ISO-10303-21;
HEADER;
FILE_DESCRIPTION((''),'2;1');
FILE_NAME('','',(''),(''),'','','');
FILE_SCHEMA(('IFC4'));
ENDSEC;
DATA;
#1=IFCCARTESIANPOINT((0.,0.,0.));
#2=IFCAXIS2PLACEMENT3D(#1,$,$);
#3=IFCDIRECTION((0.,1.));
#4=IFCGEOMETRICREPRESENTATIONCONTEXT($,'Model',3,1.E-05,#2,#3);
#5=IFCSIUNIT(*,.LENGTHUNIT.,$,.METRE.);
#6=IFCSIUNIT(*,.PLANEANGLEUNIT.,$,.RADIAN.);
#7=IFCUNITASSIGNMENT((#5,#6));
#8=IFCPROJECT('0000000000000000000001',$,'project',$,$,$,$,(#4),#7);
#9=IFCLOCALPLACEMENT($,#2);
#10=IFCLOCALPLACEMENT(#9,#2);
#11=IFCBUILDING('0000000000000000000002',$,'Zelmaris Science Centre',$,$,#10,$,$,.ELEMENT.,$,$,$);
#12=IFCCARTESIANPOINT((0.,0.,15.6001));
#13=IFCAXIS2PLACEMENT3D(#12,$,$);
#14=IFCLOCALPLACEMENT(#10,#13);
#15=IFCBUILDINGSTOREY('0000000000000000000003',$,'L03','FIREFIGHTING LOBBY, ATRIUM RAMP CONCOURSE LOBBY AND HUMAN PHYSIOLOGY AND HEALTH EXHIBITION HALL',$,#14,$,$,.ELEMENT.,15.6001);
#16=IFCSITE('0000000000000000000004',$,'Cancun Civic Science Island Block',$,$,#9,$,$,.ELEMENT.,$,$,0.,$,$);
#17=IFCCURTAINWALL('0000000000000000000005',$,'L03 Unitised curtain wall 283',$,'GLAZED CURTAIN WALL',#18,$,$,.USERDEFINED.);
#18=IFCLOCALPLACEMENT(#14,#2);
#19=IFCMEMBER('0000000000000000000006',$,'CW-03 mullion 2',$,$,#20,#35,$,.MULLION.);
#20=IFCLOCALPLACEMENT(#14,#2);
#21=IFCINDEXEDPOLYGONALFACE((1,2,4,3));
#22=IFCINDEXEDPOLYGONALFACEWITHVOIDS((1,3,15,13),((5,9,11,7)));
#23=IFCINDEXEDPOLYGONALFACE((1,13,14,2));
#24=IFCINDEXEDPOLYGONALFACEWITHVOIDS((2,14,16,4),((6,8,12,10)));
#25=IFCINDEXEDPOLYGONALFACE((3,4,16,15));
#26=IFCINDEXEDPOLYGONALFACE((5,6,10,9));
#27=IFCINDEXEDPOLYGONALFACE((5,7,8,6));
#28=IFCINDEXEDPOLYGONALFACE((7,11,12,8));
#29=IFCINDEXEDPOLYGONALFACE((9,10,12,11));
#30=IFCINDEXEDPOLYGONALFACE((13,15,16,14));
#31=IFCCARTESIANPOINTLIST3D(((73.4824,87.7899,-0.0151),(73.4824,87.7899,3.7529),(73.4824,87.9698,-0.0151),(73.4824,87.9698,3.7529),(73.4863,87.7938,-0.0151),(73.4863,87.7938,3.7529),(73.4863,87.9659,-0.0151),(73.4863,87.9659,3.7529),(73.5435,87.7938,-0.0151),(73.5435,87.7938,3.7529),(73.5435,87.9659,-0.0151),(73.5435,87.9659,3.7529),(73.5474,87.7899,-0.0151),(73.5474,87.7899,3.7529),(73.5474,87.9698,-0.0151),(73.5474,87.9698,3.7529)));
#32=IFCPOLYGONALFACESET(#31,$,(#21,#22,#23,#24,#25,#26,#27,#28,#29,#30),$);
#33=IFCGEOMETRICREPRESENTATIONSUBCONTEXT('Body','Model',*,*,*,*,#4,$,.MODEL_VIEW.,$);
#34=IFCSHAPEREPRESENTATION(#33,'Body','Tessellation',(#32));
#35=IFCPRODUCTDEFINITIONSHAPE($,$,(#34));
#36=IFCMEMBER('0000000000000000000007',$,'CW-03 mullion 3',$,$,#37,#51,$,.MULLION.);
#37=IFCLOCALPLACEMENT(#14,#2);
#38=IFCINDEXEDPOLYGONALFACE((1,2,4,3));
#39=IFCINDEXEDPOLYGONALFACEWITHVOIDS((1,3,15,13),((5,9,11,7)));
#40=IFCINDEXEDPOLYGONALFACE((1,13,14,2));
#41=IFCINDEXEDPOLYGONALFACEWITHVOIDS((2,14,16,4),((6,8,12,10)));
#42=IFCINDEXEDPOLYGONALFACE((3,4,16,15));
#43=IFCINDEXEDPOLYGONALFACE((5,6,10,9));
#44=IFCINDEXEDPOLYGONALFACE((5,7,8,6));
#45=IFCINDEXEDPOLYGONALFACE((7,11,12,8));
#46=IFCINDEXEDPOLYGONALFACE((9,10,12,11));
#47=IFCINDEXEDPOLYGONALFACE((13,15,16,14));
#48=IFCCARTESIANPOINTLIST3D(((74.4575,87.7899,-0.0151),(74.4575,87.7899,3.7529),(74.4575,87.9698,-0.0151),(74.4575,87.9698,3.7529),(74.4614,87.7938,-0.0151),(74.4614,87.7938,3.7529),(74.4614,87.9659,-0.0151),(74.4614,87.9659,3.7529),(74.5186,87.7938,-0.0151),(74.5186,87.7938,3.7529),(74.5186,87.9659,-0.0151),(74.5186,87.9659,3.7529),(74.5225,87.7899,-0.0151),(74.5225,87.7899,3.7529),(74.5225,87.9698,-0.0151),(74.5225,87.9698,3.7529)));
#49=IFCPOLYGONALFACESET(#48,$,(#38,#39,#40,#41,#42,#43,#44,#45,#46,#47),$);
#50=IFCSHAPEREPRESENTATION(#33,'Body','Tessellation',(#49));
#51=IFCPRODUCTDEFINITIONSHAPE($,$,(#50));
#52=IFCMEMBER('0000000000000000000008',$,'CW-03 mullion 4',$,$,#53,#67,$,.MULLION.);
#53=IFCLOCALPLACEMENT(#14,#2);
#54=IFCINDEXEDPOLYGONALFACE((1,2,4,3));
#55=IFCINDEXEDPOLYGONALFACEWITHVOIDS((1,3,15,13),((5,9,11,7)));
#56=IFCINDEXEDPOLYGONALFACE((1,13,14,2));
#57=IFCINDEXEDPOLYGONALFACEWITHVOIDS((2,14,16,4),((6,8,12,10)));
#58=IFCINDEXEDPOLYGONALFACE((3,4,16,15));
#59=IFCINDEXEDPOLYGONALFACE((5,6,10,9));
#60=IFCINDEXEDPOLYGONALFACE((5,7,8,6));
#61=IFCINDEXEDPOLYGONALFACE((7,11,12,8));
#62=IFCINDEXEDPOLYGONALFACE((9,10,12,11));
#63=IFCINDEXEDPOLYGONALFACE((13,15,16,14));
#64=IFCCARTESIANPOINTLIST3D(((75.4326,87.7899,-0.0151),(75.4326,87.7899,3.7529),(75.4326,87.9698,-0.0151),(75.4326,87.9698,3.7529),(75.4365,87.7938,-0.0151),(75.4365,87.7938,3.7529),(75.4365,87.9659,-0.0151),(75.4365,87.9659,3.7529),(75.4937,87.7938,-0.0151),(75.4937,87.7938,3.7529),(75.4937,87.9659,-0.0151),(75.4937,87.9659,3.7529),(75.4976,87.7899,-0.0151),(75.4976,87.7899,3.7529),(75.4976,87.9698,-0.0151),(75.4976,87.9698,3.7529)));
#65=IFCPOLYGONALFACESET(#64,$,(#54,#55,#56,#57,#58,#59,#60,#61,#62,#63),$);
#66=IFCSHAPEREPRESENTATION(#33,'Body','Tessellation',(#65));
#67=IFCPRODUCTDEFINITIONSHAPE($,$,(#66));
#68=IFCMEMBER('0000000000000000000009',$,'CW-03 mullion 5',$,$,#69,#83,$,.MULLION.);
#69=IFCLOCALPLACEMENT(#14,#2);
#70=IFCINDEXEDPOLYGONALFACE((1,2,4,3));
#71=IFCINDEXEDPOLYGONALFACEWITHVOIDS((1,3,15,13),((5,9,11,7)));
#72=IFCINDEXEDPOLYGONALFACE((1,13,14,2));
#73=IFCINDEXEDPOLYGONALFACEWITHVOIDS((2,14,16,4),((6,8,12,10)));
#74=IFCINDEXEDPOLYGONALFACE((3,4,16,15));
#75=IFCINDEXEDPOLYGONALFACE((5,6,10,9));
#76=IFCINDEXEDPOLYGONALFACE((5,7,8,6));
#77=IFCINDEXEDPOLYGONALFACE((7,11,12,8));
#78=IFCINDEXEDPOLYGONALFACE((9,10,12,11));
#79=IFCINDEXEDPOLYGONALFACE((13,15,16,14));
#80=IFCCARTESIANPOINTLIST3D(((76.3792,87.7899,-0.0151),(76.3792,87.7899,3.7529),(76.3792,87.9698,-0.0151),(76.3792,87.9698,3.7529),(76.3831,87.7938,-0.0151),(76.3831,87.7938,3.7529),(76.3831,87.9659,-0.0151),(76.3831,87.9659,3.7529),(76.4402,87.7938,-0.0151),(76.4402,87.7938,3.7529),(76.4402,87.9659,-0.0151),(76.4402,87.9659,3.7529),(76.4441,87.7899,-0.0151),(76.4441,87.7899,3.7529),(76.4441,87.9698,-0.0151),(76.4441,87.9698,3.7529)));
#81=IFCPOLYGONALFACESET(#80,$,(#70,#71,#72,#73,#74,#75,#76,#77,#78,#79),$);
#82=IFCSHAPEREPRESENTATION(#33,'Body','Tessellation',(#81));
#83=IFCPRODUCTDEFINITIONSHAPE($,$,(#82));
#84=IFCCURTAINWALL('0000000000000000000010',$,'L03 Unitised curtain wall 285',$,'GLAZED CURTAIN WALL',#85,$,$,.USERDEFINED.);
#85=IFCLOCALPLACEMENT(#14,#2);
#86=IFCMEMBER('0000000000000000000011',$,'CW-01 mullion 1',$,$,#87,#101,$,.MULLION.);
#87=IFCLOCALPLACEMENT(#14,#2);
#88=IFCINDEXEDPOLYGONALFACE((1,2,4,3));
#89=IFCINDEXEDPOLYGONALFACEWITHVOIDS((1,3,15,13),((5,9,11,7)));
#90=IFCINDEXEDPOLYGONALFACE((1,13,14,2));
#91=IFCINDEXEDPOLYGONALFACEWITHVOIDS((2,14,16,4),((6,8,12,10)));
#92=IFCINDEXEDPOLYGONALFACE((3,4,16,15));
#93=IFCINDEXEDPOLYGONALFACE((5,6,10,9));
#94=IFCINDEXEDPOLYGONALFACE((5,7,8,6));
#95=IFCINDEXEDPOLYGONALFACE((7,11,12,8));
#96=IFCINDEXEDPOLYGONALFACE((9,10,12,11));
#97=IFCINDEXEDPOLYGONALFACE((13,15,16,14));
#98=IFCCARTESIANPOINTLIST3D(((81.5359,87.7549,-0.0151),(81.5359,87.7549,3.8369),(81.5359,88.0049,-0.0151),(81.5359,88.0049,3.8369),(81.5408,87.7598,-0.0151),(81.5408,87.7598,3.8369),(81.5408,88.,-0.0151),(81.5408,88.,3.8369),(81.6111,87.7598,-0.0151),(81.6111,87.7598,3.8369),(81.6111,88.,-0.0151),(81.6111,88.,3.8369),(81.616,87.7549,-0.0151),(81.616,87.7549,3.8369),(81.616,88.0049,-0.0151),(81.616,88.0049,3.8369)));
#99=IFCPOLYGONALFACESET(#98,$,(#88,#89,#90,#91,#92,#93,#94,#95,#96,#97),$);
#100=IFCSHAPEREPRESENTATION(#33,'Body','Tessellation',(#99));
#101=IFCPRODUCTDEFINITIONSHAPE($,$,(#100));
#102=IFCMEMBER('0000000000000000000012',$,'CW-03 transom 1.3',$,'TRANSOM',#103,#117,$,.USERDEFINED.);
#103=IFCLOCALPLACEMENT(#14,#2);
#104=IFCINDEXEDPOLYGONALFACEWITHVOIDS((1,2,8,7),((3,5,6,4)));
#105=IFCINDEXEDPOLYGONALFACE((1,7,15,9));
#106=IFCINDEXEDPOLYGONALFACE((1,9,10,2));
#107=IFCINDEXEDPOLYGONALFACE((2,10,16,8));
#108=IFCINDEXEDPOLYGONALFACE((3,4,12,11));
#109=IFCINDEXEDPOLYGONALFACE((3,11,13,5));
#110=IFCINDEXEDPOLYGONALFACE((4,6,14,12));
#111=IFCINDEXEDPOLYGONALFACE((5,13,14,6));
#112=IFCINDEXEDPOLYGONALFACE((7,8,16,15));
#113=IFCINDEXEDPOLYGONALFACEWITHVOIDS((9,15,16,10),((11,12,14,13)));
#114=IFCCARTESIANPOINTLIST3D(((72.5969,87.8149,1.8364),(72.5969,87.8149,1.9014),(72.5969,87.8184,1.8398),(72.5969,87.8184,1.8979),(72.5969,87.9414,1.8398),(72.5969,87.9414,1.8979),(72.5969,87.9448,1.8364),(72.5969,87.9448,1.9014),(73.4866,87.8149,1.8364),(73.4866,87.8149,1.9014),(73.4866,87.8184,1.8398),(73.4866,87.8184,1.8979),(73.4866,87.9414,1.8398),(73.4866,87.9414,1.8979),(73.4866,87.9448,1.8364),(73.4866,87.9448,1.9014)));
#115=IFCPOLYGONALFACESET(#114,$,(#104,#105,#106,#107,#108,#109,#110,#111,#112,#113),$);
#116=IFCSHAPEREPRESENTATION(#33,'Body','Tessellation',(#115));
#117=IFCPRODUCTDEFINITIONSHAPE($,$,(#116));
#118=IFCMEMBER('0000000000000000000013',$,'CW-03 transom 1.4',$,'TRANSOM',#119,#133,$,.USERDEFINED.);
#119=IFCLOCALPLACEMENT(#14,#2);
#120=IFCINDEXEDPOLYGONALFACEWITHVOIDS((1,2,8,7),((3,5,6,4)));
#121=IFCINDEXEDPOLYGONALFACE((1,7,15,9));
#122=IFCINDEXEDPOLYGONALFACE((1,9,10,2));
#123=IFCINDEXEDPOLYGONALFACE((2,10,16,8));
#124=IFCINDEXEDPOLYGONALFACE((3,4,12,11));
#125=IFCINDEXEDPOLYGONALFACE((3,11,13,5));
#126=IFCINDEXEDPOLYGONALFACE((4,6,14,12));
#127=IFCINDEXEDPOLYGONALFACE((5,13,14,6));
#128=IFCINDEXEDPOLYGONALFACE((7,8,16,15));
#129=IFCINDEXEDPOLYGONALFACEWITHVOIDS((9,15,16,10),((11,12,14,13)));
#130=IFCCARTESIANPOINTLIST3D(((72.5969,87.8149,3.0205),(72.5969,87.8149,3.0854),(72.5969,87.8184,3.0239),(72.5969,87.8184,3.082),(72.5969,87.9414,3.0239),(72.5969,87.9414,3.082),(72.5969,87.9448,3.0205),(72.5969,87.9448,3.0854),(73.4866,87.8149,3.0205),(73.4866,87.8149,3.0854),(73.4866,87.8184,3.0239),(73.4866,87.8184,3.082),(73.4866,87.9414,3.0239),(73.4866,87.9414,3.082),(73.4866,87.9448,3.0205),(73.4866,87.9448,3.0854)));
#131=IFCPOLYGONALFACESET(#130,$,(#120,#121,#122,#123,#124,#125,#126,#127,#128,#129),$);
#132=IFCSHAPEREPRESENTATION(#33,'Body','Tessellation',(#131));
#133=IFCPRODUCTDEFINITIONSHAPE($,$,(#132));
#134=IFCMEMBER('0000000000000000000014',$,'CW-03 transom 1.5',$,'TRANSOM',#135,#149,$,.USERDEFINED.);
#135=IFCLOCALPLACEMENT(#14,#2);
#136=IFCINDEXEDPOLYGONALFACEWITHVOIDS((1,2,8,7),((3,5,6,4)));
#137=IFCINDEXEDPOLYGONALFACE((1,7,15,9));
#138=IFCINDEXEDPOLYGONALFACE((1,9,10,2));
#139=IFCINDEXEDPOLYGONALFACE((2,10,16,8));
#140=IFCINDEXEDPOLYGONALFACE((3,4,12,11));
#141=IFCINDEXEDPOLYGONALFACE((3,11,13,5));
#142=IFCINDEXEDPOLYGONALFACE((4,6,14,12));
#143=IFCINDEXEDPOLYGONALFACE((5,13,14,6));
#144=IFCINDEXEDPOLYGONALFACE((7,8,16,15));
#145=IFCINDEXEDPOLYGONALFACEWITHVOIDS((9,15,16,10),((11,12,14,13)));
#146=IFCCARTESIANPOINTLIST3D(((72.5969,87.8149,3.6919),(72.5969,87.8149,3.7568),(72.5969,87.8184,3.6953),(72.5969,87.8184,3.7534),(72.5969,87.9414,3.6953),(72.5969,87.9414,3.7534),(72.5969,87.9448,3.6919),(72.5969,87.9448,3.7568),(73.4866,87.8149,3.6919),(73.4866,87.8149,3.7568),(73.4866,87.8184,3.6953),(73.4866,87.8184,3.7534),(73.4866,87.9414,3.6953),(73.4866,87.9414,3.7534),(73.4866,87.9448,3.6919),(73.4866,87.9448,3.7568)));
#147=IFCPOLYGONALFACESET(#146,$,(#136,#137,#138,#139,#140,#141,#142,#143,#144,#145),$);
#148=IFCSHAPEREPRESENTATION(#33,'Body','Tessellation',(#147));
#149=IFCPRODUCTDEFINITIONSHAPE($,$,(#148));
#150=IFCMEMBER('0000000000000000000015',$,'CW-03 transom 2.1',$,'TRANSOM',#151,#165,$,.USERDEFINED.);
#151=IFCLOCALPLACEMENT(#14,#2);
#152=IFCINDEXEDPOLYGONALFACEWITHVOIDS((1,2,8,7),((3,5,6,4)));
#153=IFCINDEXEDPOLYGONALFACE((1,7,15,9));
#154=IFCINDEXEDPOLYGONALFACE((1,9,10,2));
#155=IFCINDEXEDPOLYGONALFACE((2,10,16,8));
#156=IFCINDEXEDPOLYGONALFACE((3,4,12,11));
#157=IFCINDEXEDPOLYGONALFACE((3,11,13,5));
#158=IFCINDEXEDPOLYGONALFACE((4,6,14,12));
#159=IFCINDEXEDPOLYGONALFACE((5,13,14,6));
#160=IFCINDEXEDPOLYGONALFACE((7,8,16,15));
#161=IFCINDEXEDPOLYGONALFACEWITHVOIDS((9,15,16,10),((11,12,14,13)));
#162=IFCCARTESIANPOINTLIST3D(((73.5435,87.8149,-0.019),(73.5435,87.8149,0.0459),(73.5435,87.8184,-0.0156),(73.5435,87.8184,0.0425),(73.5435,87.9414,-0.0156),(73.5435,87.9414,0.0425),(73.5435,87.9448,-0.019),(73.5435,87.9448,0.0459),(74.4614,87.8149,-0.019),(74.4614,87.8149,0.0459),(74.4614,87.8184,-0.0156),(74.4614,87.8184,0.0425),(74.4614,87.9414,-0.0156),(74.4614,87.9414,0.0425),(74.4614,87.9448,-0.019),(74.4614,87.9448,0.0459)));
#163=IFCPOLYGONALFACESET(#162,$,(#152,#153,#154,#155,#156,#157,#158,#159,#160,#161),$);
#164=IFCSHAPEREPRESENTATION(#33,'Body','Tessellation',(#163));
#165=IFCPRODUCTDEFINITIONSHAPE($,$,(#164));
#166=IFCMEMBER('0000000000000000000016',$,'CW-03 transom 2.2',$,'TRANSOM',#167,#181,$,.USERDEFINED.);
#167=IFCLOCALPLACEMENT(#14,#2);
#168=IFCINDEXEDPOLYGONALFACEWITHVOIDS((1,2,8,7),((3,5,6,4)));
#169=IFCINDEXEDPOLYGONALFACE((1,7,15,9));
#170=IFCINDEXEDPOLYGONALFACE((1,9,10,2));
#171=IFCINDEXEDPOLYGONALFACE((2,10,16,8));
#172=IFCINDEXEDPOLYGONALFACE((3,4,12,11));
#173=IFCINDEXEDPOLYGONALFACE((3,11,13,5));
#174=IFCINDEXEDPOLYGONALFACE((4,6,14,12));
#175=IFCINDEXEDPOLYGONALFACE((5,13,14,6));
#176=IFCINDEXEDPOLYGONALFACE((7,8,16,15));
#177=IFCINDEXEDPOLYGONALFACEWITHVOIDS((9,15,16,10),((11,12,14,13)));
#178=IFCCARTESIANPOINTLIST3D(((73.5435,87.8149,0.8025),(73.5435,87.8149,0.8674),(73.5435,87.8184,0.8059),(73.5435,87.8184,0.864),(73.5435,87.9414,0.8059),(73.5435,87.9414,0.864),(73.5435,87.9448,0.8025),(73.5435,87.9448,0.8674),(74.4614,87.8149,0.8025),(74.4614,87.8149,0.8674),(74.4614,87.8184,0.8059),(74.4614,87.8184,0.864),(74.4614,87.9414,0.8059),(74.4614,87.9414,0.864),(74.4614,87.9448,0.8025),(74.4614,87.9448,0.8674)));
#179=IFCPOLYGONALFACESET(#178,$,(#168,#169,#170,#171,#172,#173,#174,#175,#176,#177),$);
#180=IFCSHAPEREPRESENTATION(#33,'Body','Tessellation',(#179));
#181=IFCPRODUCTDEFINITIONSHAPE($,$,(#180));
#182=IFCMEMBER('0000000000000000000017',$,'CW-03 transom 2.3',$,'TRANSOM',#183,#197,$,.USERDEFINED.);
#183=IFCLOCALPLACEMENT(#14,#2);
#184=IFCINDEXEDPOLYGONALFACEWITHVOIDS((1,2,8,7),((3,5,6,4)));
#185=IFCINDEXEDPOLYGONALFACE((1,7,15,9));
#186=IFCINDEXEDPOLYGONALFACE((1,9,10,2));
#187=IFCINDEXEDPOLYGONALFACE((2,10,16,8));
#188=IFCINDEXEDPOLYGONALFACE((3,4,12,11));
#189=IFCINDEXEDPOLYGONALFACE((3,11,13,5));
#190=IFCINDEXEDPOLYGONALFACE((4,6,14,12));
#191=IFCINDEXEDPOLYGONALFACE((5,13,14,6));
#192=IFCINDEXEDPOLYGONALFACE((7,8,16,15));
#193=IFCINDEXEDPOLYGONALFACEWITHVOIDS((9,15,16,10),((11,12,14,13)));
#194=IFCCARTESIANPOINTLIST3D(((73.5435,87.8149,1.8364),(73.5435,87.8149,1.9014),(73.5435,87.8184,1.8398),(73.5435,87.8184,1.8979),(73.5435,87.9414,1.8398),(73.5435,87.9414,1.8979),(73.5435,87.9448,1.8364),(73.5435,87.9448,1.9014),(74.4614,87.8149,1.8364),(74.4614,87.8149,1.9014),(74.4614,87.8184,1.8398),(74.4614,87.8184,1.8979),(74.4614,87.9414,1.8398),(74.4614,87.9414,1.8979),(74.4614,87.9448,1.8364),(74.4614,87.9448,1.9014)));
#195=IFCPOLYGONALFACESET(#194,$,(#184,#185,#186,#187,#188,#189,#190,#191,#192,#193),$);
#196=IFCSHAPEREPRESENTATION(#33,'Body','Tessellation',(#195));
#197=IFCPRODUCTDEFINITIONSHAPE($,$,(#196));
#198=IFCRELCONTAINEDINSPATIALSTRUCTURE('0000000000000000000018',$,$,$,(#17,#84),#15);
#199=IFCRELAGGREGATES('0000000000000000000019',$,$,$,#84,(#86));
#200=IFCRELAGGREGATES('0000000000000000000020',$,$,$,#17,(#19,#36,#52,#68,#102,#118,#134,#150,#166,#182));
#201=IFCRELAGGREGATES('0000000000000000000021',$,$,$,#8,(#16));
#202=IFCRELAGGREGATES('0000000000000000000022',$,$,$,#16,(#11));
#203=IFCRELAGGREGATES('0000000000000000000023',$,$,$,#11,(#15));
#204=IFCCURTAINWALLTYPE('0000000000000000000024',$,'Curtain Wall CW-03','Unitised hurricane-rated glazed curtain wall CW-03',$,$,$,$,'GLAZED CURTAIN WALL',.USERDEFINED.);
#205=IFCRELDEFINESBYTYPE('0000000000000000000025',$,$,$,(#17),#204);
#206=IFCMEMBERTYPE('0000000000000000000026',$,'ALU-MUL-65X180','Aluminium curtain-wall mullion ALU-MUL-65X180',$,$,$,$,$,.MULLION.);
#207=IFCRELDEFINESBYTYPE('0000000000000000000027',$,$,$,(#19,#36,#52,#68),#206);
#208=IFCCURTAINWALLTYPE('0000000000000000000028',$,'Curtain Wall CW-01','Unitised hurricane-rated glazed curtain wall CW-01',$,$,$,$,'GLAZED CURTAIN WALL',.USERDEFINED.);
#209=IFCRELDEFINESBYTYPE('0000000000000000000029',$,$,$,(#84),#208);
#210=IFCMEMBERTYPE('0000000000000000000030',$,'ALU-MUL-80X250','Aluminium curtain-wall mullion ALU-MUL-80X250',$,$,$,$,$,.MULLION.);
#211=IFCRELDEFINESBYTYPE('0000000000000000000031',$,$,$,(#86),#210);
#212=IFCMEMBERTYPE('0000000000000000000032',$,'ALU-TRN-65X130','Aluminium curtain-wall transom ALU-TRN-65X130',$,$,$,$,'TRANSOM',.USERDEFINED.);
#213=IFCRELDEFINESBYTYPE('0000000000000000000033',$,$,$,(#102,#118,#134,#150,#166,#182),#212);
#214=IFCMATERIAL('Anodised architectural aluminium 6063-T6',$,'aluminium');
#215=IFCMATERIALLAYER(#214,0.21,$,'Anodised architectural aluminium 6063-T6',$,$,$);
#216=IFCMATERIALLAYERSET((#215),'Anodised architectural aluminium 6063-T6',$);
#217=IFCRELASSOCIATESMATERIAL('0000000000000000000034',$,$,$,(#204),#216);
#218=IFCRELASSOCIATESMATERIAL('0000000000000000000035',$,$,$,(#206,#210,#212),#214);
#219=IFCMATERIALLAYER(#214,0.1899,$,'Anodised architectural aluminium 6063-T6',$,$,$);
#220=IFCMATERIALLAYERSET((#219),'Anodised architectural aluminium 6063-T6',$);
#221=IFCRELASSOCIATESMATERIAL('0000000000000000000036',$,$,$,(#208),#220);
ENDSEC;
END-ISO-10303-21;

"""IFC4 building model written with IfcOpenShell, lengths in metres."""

from ifc_helpers import new_model, si_unit, direction, frame, origin, origin_2d, place, context, subcontext, project, spatial, hollow_rectangle, extrude, material, layer, layer_set, material_profile, profile_set, type_object, element, aggregate, save


model = new_model("IFC4")

# Units and contexts
model_context = context("Model", 3, precision=1e-05, world=origin(), true_north=direction((0.0, 1.0)))
body_context = subcontext(model_context, "Body", "Model", "MODEL_VIEW")
ifc_project = project(units=[si_unit("LENGTHUNIT", "METRE"), si_unit("PLANEANGLEUNIT", "RADIAN")], contexts=[model_context])

# Site, building, storey
site_placement = place(None, origin())
site = spatial("IfcSite", under=ifc_project, at=site_placement, Name="Cancun Civic Science Island Block", CompositionType="ELEMENT", RefElevation=0.0)
building_placement = place(site_placement, origin())
building = spatial("IfcBuilding", under=site, at=building_placement, Name="Zelmaris Science Centre", CompositionType="ELEMENT")
storey_placement = place(building_placement, frame((0.0, 0.0, 15.6001)))
storey = spatial("IfcBuildingStorey", under=building, at=storey_placement, Name="L03", Description="FIREFIGHTING LOBBY, ATRIUM RAMP CONCOURSE LOBBY AND HUMAN PHYSIOLOGY AND HEALTH EXHIBITION HALL", CompositionType="ELEMENT", Elevation=15.6001)

# Curtain wall, members
ifc_material_1 = material(Name="Anodised architectural aluminium 6063-T6", Category="aluminium")
ifc_layer_1 = layer(ifc_material_1, 0.21, Name="Anodised architectural aluminium 6063-T6")
ifc_layer_set_1 = layer_set([ifc_layer_1], Name="Anodised architectural aluminium 6063-T6")
curtain_wall_type_1 = type_object("IfcCurtainWallType", Name="Curtain Wall CW-03", Description="Unitised hurricane-rated glazed curtain wall CW-03", ElementType="GLAZED CURTAIN WALL", PredefinedType="USERDEFINED", material=ifc_layer_set_1)
curtain_wall_1_placement = place(storey_placement, origin())
curtain_wall_1 = element("IfcCurtainWall", 1, at=curtain_wall_1_placement, inside=storey, type_object=curtain_wall_type_1, Name="L03 Unitised curtain wall 283", ObjectType="GLAZED CURTAIN WALL", PredefinedType="USERDEFINED")
ifc_material_profile_1 = material_profile(ifc_material_1, hollow_rectangle(XDim=0.0649, YDim=0.1799, WallThickness=0.0039, at=origin_2d()), Name="ALU-MUL-65X180")
ifc_profile_set_1 = profile_set([ifc_material_profile_1], Name="Anodised architectural aluminium 6063-T6")
member_type_1 = type_object("IfcMemberType", Name="ALU-MUL-65X180", Description="Aluminium curtain-wall mullion ALU-MUL-65X180", PredefinedType="MULLION", material=ifc_profile_set_1)
member_1_placement = place(storey_placement, frame((73.5149, 87.8799, -0.0151), z_axis=(0.0, 0.0, 1.0), x_axis=(1.0, 0.0, 0.0)))
member_1 = element("IfcMember", 2, at=member_1_placement, type_object=member_type_1, Name="CW-03 mullion 2", PredefinedType="MULLION", context=body_context, shape_type="SweptSolid", body=[
    extrude(hollow_rectangle(XDim=0.0649, YDim=0.1799, WallThickness=0.0039, at=origin_2d()), origin(), (0.0, 0.0, 1.0), 3.7681),
])
member_2_placement = place(storey_placement, frame((74.49, 87.8799, -0.0151), z_axis=(0.0, 0.0, 1.0), x_axis=(1.0, 0.0, 0.0)))
member_2 = element("IfcMember", 3, at=member_2_placement, type_object=member_type_1, Name="CW-03 mullion 3", PredefinedType="MULLION", context=body_context, shape_type="SweptSolid", body=[
    extrude(hollow_rectangle(XDim=0.0649, YDim=0.1799, WallThickness=0.0039, at=origin_2d()), origin(), (0.0, 0.0, 1.0), 3.7681),
])
member_3_placement = place(storey_placement, frame((75.4651, 87.8799, -0.0151), z_axis=(0.0, 0.0, 1.0), x_axis=(1.0, 0.0, 0.0)))
member_3 = element("IfcMember", 4, at=member_3_placement, type_object=member_type_1, Name="CW-03 mullion 4", PredefinedType="MULLION", context=body_context, shape_type="SweptSolid", body=[
    extrude(hollow_rectangle(XDim=0.0649, YDim=0.1799, WallThickness=0.0039, at=origin_2d()), origin(), (0.0, 0.0, 1.0), 3.7681),
])
member_4_placement = place(storey_placement, frame((76.4116, 87.8799, -0.0151), z_axis=(0.0, 0.0, 1.0), x_axis=(1.0, 0.0, 0.0)))
member_4 = element("IfcMember", 5, at=member_4_placement, type_object=member_type_1, Name="CW-03 mullion 5", PredefinedType="MULLION", context=body_context, shape_type="SweptSolid", body=[
    extrude(hollow_rectangle(XDim=0.0649, YDim=0.1799, WallThickness=0.0039, at=origin_2d()), origin(), (0.0, 0.0, 1.0), 3.7681),
])

# Curtain wall, member
ifc_layer_2 = layer(ifc_material_1, 0.1899, Name="Anodised architectural aluminium 6063-T6")
ifc_layer_set_2 = layer_set([ifc_layer_2], Name="Anodised architectural aluminium 6063-T6")
curtain_wall_type_2 = type_object("IfcCurtainWallType", Name="Curtain Wall CW-01", Description="Unitised hurricane-rated glazed curtain wall CW-01", ElementType="GLAZED CURTAIN WALL", PredefinedType="USERDEFINED", material=ifc_layer_set_2)
curtain_wall_2_placement = place(storey_placement, origin())
curtain_wall_2 = element("IfcCurtainWall", 6, at=curtain_wall_2_placement, inside=storey, type_object=curtain_wall_type_2, Name="L03 Unitised curtain wall 285", ObjectType="GLAZED CURTAIN WALL", PredefinedType="USERDEFINED")
ifc_material_profile_2 = material_profile(ifc_material_1, hollow_rectangle(XDim=0.0801, YDim=0.25, WallThickness=0.0049, at=origin_2d()), Name="ALU-MUL-80X250")
ifc_profile_set_2 = profile_set([ifc_material_profile_2], Name="Anodised architectural aluminium 6063-T6")
member_type_2 = type_object("IfcMemberType", Name="ALU-MUL-80X250", Description="Aluminium curtain-wall mullion ALU-MUL-80X250", PredefinedType="MULLION", material=ifc_profile_set_2)
member_5_placement = place(storey_placement, frame((81.5759, 87.8799, -0.0151), z_axis=(0.0, 0.0, 1.0), x_axis=(1.0, 0.0, 0.0)))
member_5 = element("IfcMember", 7, at=member_5_placement, type_object=member_type_2, Name="CW-01 mullion 1", PredefinedType="MULLION", context=body_context, shape_type="SweptSolid", body=[
    extrude(hollow_rectangle(XDim=0.0801, YDim=0.25, WallThickness=0.0049, at=origin_2d()), origin(), (0.0, 0.0, 1.0), 3.8521),
])
aggregate(curtain_wall_2, [member_5])

# Members
ifc_material_profile_3 = material_profile(ifc_material_1, hollow_rectangle(XDim=0.0649, YDim=0.1299, WallThickness=0.0034, at=origin_2d()), Name="ALU-TRN-65X130")
ifc_profile_set_3 = profile_set([ifc_material_profile_3], Name="Anodised architectural aluminium 6063-T6")
member_type_3 = type_object("IfcMemberType", Name="ALU-TRN-65X130", Description="Aluminium curtain-wall transom ALU-TRN-65X130", ElementType="TRANSOM", PredefinedType="USERDEFINED", material=ifc_profile_set_3)
member_6_placement = place(storey_placement, frame((72.5969, 87.8799, 1.8689), z_axis=(1.0, 0.0, 0.0), x_axis=(0.0, 0.0, 1.0)))
member_6 = element("IfcMember", 8, at=member_6_placement, type_object=member_type_3, Name="CW-03 transom 1.3", ObjectType="TRANSOM", PredefinedType="USERDEFINED", context=body_context, shape_type="SweptSolid", body=[
    extrude(hollow_rectangle(XDim=0.0649, YDim=0.1299, WallThickness=0.0034, at=origin_2d()), origin(), (0.0, 0.0, 1.0), 0.8896),
])
member_7_placement = place(storey_placement, frame((72.5969, 87.8799, 3.053), z_axis=(1.0, 0.0, 0.0), x_axis=(0.0, 0.0, 1.0)))
member_7 = element("IfcMember", 9, at=member_7_placement, type_object=member_type_3, Name="CW-03 transom 1.4", ObjectType="TRANSOM", PredefinedType="USERDEFINED", context=body_context, shape_type="SweptSolid", body=[
    extrude(hollow_rectangle(XDim=0.0649, YDim=0.1299, WallThickness=0.0034, at=origin_2d()), origin(), (0.0, 0.0, 1.0), 0.8896),
])
member_8_placement = place(storey_placement, frame((72.5969, 87.8799, 3.7244), z_axis=(1.0, 0.0, 0.0), x_axis=(0.0, 0.0, 1.0)))
member_8 = element("IfcMember", 10, at=member_8_placement, type_object=member_type_3, Name="CW-03 transom 1.5", ObjectType="TRANSOM", PredefinedType="USERDEFINED", context=body_context, shape_type="SweptSolid", body=[
    extrude(hollow_rectangle(XDim=0.0649, YDim=0.1299, WallThickness=0.0034, at=origin_2d()), origin(), (0.0, 0.0, 1.0), 0.8896),
])
member_9_placement = place(storey_placement, frame((73.5435, 87.8799, 0.0134), z_axis=(1.0, 0.0, 0.0), x_axis=(0.0, 0.0, 1.0)))
member_9 = element("IfcMember", 11, at=member_9_placement, type_object=member_type_3, Name="CW-03 transom 2.1", ObjectType="TRANSOM", PredefinedType="USERDEFINED", context=body_context, shape_type="SweptSolid", body=[
    extrude(hollow_rectangle(XDim=0.0649, YDim=0.1299, WallThickness=0.0034, at=origin_2d()), origin(), (0.0, 0.0, 1.0), 0.918),
])
member_10_placement = place(storey_placement, frame((73.5435, 87.8799, 0.835), z_axis=(1.0, 0.0, 0.0), x_axis=(0.0, 0.0, 1.0)))
member_10 = element("IfcMember", 12, at=member_10_placement, type_object=member_type_3, Name="CW-03 transom 2.2", ObjectType="TRANSOM", PredefinedType="USERDEFINED", context=body_context, shape_type="SweptSolid", body=[
    extrude(hollow_rectangle(XDim=0.0649, YDim=0.1299, WallThickness=0.0034, at=origin_2d()), origin(), (0.0, 0.0, 1.0), 0.918),
])
member_11_placement = place(storey_placement, frame((73.5435, 87.8799, 1.8689), z_axis=(1.0, 0.0, 0.0), x_axis=(0.0, 0.0, 1.0)))
member_11 = element("IfcMember", 13, at=member_11_placement, type_object=member_type_3, Name="CW-03 transom 2.3", ObjectType="TRANSOM", PredefinedType="USERDEFINED", context=body_context, shape_type="SweptSolid", body=[
    extrude(hollow_rectangle(XDim=0.0649, YDim=0.1299, WallThickness=0.0034, at=origin_2d()), origin(), (0.0, 0.0, 1.0), 0.918),
])

aggregate(curtain_wall_1, [member_1, member_2, member_3, member_4, member_6, member_7, member_8, member_9, member_10, member_11])

save(model, "model.ifc")
